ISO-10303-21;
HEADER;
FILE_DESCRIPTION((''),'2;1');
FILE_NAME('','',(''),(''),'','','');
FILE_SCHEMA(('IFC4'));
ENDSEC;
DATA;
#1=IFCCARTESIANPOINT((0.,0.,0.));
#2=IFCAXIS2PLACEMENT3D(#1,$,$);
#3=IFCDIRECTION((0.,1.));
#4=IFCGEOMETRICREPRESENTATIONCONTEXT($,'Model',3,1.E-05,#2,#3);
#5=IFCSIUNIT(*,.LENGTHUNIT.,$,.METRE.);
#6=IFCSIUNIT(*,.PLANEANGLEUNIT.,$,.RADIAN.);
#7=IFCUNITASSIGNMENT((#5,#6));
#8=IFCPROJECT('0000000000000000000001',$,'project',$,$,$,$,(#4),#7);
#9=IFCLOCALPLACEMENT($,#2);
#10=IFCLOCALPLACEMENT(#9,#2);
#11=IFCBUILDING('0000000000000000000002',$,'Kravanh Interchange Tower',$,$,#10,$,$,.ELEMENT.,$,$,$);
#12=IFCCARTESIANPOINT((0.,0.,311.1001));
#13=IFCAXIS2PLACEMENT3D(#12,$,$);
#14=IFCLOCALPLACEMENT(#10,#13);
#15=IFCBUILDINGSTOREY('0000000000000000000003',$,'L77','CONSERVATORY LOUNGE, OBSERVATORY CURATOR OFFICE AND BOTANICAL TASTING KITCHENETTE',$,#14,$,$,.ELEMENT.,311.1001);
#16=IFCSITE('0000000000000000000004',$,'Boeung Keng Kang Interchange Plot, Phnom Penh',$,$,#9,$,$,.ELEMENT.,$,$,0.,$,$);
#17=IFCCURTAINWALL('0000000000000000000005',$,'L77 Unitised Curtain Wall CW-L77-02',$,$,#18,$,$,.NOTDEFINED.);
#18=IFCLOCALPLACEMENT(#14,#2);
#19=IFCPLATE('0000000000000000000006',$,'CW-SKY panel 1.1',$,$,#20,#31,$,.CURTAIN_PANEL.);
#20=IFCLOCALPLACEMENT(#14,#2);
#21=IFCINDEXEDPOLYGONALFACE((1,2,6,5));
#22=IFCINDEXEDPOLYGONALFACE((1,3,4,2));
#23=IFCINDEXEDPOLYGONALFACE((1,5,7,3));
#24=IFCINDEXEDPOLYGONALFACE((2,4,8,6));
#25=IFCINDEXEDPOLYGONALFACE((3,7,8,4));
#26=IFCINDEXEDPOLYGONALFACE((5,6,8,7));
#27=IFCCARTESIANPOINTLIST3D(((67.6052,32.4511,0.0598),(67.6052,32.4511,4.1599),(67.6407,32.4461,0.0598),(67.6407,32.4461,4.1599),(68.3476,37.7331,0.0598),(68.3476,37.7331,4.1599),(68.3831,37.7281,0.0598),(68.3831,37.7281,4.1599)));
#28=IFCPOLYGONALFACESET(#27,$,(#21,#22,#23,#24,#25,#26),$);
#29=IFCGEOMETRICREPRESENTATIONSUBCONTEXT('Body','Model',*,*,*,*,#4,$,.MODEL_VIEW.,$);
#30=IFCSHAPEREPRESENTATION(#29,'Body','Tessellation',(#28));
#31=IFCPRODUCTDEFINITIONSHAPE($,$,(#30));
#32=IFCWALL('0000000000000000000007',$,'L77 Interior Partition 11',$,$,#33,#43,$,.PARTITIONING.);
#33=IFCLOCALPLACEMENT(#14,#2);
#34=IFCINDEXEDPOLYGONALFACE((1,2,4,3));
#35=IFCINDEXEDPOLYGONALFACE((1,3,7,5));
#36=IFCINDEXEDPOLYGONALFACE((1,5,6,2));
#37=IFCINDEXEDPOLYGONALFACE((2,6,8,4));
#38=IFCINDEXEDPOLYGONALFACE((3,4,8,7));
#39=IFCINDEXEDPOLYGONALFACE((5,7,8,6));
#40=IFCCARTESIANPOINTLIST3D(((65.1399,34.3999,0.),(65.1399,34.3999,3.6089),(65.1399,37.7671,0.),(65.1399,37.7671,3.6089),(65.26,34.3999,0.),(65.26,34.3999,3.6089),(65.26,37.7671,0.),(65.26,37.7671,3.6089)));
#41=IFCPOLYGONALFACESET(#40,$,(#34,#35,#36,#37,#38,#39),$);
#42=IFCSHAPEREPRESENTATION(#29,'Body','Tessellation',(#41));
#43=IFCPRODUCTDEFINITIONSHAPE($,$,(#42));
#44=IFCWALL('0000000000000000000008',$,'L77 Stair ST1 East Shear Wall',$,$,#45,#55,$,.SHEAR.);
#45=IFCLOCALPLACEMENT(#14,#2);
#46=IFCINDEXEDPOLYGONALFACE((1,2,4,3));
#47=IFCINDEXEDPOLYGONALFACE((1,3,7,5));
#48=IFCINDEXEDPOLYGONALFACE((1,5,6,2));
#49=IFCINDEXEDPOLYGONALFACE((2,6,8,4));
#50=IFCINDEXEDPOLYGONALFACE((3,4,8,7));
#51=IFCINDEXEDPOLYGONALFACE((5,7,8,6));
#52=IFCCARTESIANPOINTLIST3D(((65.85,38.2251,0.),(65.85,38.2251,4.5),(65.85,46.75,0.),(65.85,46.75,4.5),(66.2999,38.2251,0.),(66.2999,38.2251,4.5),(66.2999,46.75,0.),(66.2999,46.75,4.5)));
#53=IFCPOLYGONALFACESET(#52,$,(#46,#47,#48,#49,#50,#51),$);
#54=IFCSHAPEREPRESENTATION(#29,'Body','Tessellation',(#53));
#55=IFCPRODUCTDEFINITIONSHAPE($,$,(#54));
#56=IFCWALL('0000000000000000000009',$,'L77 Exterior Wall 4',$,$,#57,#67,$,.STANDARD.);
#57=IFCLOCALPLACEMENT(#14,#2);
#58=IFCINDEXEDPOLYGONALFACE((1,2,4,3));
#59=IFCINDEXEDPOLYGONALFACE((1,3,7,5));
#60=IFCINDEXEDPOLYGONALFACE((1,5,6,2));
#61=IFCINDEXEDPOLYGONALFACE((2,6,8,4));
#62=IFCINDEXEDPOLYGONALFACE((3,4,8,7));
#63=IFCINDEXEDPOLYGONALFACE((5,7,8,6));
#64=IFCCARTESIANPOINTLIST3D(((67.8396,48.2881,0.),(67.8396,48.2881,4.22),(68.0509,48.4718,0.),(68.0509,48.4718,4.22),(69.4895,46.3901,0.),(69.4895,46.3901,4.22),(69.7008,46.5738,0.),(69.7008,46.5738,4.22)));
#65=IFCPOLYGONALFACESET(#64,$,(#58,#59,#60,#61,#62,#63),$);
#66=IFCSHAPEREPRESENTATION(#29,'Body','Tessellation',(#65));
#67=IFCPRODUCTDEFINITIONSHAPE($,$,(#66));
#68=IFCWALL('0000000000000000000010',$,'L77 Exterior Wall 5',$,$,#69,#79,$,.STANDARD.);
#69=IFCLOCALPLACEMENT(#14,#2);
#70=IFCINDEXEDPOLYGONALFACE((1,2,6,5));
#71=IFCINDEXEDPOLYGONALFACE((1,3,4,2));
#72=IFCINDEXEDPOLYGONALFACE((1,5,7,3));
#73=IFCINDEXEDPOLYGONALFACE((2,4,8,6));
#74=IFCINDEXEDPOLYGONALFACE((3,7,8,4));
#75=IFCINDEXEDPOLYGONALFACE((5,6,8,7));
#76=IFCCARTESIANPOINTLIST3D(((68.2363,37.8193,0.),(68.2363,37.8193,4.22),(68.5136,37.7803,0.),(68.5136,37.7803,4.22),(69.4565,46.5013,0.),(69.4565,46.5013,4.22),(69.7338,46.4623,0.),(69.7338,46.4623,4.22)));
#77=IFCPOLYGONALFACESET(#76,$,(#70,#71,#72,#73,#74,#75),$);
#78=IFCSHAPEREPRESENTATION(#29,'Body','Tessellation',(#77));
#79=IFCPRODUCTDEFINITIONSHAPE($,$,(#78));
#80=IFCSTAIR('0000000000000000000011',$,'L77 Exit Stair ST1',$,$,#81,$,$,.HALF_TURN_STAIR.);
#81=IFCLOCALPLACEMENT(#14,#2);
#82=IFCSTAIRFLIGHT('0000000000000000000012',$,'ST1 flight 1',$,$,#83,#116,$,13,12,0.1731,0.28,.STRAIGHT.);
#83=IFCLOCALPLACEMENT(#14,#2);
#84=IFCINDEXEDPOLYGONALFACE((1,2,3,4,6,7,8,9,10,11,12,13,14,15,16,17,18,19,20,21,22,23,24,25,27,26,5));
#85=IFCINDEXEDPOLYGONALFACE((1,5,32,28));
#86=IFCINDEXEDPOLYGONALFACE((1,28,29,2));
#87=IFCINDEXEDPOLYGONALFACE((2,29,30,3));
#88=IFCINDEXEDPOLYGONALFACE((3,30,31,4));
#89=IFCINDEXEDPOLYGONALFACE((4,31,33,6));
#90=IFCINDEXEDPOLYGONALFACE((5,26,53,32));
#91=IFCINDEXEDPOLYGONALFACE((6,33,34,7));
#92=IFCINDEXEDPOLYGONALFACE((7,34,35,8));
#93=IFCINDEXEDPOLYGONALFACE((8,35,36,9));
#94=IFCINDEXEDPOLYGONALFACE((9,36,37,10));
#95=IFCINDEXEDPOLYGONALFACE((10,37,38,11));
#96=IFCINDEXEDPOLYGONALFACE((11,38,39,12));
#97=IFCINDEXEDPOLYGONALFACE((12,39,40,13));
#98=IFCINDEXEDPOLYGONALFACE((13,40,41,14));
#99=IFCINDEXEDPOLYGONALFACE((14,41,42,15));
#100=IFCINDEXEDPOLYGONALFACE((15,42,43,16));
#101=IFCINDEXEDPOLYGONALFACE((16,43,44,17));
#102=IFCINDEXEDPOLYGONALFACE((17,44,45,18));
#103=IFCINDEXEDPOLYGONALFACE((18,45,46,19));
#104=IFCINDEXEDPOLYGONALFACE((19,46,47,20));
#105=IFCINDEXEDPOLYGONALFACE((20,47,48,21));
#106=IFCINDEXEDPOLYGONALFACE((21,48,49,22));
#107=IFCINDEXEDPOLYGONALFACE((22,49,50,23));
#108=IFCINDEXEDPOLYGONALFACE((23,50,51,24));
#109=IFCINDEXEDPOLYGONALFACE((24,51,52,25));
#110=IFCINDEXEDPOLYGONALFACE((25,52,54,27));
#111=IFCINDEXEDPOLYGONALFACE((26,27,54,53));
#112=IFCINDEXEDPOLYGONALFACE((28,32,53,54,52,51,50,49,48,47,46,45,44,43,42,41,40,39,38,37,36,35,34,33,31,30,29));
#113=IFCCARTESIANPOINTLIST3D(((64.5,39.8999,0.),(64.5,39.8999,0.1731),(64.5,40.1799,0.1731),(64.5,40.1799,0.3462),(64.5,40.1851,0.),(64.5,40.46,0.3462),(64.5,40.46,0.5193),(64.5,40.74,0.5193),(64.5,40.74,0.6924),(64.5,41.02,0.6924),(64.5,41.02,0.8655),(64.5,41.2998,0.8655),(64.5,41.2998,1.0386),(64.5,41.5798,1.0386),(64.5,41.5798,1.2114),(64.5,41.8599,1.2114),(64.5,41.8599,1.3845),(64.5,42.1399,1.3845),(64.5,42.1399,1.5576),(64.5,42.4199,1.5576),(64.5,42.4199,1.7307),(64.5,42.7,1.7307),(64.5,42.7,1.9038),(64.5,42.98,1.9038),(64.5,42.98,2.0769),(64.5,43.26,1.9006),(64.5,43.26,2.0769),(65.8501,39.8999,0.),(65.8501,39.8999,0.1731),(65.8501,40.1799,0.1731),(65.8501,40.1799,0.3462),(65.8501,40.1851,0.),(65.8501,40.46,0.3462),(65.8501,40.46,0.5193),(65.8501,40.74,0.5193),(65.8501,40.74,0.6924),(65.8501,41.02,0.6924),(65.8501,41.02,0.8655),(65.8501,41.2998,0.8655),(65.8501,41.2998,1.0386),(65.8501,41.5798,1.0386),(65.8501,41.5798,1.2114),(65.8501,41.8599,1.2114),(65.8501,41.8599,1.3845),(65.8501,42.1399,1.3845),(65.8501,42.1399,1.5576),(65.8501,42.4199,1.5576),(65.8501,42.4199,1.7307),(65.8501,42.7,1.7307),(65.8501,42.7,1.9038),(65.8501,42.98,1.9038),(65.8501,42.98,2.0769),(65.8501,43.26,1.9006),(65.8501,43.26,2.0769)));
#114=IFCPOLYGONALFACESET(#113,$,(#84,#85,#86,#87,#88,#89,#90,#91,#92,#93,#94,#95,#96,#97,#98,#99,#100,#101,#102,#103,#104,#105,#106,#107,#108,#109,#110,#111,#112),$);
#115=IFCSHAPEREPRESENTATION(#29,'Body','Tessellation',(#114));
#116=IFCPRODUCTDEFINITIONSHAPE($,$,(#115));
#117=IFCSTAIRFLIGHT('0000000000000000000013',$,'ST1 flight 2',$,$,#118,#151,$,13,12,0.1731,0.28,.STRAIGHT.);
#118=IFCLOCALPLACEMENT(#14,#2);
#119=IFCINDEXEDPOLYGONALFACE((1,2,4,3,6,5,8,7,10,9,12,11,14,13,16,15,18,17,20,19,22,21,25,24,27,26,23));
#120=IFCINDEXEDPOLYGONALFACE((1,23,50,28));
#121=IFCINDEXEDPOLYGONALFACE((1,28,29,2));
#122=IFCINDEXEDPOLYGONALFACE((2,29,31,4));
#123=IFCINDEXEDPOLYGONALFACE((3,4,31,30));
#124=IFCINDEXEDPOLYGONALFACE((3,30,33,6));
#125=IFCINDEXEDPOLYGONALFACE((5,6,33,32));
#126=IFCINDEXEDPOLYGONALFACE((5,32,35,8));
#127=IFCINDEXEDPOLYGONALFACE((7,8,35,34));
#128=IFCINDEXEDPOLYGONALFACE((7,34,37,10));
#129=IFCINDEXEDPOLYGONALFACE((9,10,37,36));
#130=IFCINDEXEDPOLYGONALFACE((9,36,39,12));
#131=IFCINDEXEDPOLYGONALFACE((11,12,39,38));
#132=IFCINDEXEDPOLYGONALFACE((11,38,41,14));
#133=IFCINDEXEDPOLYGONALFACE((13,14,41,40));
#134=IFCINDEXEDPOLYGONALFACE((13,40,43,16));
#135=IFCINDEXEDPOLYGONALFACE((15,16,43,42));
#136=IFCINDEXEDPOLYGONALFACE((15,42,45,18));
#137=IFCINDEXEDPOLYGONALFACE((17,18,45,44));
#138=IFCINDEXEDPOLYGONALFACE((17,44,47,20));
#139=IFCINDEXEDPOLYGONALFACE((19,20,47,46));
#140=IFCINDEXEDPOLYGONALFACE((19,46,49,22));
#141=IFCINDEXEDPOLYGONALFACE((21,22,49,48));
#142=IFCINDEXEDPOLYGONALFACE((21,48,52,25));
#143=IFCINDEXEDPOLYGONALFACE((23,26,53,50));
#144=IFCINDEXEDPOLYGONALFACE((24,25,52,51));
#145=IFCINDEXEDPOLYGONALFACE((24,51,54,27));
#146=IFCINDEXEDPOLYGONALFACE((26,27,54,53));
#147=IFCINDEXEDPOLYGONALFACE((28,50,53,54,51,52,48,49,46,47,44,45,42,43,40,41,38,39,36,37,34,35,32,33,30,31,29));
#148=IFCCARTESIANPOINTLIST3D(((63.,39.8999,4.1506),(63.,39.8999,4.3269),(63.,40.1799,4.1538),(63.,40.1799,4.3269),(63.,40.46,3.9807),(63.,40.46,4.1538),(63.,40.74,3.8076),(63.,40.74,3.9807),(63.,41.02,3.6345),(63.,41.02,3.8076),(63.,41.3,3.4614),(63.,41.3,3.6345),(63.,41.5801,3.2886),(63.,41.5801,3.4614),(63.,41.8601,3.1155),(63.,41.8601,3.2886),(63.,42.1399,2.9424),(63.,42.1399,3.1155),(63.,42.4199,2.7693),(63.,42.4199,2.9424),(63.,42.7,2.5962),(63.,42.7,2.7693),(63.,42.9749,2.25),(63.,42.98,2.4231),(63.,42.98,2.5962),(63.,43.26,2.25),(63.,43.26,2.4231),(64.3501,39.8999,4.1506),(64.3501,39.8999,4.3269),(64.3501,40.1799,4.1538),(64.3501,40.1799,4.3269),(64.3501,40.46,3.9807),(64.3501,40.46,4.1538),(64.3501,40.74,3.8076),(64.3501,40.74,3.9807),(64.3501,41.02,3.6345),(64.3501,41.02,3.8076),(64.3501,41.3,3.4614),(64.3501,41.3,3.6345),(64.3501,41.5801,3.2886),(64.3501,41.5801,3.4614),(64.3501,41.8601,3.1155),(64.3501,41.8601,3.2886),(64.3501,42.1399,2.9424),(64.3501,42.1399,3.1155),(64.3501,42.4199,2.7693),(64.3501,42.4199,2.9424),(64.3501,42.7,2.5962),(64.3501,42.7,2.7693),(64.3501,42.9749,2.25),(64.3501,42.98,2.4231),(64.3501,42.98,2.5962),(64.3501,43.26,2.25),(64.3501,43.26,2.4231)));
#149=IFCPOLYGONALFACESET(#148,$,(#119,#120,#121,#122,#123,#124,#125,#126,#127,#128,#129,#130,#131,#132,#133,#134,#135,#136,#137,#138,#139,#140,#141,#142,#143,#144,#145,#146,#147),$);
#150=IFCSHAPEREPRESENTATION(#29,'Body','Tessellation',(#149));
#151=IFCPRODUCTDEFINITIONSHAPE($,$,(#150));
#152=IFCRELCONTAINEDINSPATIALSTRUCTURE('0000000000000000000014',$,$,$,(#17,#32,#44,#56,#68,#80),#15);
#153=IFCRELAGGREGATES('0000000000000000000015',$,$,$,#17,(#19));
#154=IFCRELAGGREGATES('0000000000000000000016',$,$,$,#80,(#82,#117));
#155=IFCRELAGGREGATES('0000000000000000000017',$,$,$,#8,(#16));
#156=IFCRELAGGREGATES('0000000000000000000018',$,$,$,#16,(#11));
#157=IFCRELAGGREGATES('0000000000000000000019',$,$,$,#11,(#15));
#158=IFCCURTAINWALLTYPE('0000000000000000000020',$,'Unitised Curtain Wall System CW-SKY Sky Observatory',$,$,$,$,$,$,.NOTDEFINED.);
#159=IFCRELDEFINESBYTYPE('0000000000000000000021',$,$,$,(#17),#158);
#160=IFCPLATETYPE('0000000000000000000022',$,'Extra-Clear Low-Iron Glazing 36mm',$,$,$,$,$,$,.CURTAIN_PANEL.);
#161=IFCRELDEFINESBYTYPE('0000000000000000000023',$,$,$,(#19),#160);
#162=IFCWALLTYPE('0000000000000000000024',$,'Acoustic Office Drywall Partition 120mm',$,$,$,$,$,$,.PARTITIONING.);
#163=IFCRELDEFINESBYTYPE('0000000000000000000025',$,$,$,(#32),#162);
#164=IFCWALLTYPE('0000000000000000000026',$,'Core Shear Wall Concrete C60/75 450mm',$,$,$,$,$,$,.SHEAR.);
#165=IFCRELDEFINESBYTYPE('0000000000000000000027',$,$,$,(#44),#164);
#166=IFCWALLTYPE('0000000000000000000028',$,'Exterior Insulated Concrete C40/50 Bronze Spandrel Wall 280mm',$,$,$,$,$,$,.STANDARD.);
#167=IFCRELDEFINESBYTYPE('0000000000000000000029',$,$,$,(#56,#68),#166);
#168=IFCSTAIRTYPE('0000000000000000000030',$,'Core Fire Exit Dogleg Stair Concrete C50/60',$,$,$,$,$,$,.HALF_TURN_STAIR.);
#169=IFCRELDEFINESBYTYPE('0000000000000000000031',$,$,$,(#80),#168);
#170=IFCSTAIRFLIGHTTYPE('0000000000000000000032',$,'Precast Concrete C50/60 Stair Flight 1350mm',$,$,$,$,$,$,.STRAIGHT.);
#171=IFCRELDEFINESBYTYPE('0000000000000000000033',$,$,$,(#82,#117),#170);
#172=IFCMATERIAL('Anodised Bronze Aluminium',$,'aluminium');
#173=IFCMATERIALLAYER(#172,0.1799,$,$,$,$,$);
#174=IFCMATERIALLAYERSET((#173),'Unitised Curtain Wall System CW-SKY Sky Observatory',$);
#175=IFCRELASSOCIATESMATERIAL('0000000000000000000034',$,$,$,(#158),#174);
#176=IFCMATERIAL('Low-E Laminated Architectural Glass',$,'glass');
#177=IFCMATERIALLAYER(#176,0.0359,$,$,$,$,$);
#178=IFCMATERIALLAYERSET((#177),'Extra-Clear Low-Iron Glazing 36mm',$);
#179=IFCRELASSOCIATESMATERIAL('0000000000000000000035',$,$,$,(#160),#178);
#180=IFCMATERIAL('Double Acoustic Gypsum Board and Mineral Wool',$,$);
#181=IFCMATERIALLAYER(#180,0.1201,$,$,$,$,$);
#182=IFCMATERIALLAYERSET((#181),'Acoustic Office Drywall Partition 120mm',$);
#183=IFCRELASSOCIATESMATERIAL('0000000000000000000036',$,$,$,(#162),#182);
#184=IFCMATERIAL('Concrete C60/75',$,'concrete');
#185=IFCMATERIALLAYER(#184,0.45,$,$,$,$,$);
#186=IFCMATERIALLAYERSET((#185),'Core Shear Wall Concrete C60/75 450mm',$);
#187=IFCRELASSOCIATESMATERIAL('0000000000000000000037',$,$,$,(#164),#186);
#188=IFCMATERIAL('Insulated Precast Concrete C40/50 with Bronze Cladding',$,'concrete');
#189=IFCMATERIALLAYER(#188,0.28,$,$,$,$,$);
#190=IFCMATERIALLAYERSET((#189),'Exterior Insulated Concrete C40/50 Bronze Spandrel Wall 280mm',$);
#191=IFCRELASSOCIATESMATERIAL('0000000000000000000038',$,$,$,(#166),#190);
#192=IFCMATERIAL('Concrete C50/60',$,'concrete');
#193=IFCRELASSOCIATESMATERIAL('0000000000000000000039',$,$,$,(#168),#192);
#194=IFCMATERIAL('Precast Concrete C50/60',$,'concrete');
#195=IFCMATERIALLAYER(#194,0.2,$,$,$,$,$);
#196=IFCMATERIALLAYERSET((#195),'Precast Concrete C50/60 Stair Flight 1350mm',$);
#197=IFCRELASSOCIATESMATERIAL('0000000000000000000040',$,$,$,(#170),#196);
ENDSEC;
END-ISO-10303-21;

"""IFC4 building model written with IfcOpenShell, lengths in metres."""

from ifc_helpers import new_model, si_unit, direction, frame, frame_2d, origin, origin_2d, place, context, subcontext, project, spatial, polyline, rectangle, outline, extrude, material, layer, layer_set, type_object, element, aggregate, save


model = new_model("IFC4")

# Units and contexts
model_context = context("Model", 3, precision=1e-05, world=origin(), true_north=direction((0.0, 1.0)))
body_context = subcontext(model_context, "Body", "Model", "MODEL_VIEW")
ifc_project = project(units=[si_unit("LENGTHUNIT", "METRE"), si_unit("PLANEANGLEUNIT", "RADIAN")], contexts=[model_context])

# Site, building, storey
site_placement = place(None, origin())
site = spatial("IfcSite", under=ifc_project, at=site_placement, Name="Boeung Keng Kang Interchange Plot, Phnom Penh", CompositionType="ELEMENT", RefElevation=0.0)
building_placement = place(site_placement, origin())
building = spatial("IfcBuilding", under=site, at=building_placement, Name="Kravanh Interchange Tower", CompositionType="ELEMENT")
storey_placement = place(building_placement, frame((0.0, 0.0, 311.1001)))
storey = spatial("IfcBuildingStorey", under=building, at=storey_placement, Name="L77", Description="CONSERVATORY LOUNGE, OBSERVATORY CURATOR OFFICE AND BOTANICAL TASTING KITCHENETTE", CompositionType="ELEMENT", Elevation=311.1001)

# Curtain wall
ifc_material_1 = material(Name="Anodised Bronze Aluminium", Category="aluminium")
ifc_layer_1 = layer(ifc_material_1, 0.1799)
ifc_layer_set_1 = layer_set([ifc_layer_1], Name="Unitised Curtain Wall System CW-SKY Sky Observatory")
curtain_wall_type = type_object("IfcCurtainWallType", Name="Unitised Curtain Wall System CW-SKY Sky Observatory", PredefinedType="NOTDEFINED", material=ifc_layer_set_1)
curtain_wall_placement = place(storey_placement, origin())
curtain_wall = element("IfcCurtainWall", 1, at=curtain_wall_placement, inside=storey, type_object=curtain_wall_type, Name="L77 Unitised Curtain Wall CW-L77-02", PredefinedType="NOTDEFINED")

# Plate
ifc_material_2 = material(Name="Low-E Laminated Architectural Glass", Category="glass")
ifc_layer_2 = layer(ifc_material_2, 0.0359)
ifc_layer_set_2 = layer_set([ifc_layer_2], Name="Extra-Clear Low-Iron Glazing 36mm")
plate_type = type_object("IfcPlateType", Name="Extra-Clear Low-Iron Glazing 36mm", PredefinedType="CURTAIN_PANEL", material=ifc_layer_set_2)
plate_placement = place(storey_placement, frame((67.9941, 35.0896, 0.0598), z_axis=(0.0, 0.0, 1.0), x_axis=(-0.139178, -0.990267, 0.0)))
plate = element("IfcPlate", 2, at=plate_placement, type_object=plate_type, Name="CW-SKY panel 1.1", PredefinedType="CURTAIN_PANEL", context=body_context, shape_type="SweptSolid", body=[
    extrude(rectangle(XDim=5.334, YDim=0.0359, at=origin_2d()), origin(), (0.0, 0.0, 1.0), 4.1001),
])
aggregate(curtain_wall, [plate])

# Walls
ifc_material_3 = material(Name="Double Acoustic Gypsum Board and Mineral Wool")
ifc_layer_3 = layer(ifc_material_3, 0.1201)
ifc_layer_set_3 = layer_set([ifc_layer_3], Name="Acoustic Office Drywall Partition 120mm")
wall_type_1 = type_object("IfcWallType", Name="Acoustic Office Drywall Partition 120mm", PredefinedType="PARTITIONING", material=ifc_layer_set_3)
wall_1_placement = place(storey_placement, frame((65.2, 34.3999, 0.0), z_axis=(0.0, 0.0, 1.0), x_axis=(0.0, 1.0, 0.0)))
element("IfcWall", 3, at=wall_1_placement, inside=storey, type_object=wall_type_1, Name="L77 Interior Partition 11", PredefinedType="PARTITIONING", context=body_context, shape_type="SweptSolid", body=[
    extrude(rectangle(XDim=3.3672, YDim=0.1201, at=frame_2d((1.6836, 0.0))), origin(), (0.0, 0.0, 1.0), 3.6089),
])
ifc_material_4 = material(Name="Concrete C60/75", Category="concrete")
ifc_layer_4 = layer(ifc_material_4, 0.45)
ifc_layer_set_4 = layer_set([ifc_layer_4], Name="Core Shear Wall Concrete C60/75 450mm")
wall_type_2 = type_object("IfcWallType", Name="Core Shear Wall Concrete C60/75 450mm", PredefinedType="SHEAR", material=ifc_layer_set_4)
wall_2_placement = place(storey_placement, frame((66.075, 38.2251, 0.0), z_axis=(0.0, 0.0, 1.0), x_axis=(0.0, 1.0, 0.0)))
element("IfcWall", 4, at=wall_2_placement, inside=storey, type_object=wall_type_2, Name="L77 Stair ST1 East Shear Wall", PredefinedType="SHEAR", context=body_context, shape_type="SweptSolid", body=[
    extrude(rectangle(XDim=8.5249, YDim=0.45, at=frame_2d((4.2625, 0.0))), origin(), (0.0, 0.0, 1.0), 4.5),
])
ifc_material_5 = material(Name="Insulated Precast Concrete C40/50 with Bronze Cladding", Category="concrete")
ifc_layer_5 = layer(ifc_material_5, 0.28)
ifc_layer_set_5 = layer_set([ifc_layer_5], Name="Exterior Insulated Concrete C40/50 Bronze Spandrel Wall 280mm")
wall_type_3 = type_object("IfcWallType", Name="Exterior Insulated Concrete C40/50 Bronze Spandrel Wall 280mm", PredefinedType="STANDARD", material=ifc_layer_set_5)
wall_3_placement = place(storey_placement, frame((67.9453, 48.3799, 0.0), z_axis=(0.0, 0.0, 1.0), x_axis=(0.656068, -0.754702, 0.0)))
element("IfcWall", 5, at=wall_3_placement, inside=storey, type_object=wall_type_3, Name="L77 Exterior Wall 4", PredefinedType="STANDARD", context=body_context, shape_type="SweptSolid", body=[
    extrude(rectangle(XDim=2.5149, YDim=0.28, at=frame_2d((1.2573, 0.0))), origin(), (0.0, 0.0, 1.0), 4.22),
])
wall_4_placement = place(storey_placement, frame((69.5952, 46.4819, 0.0), z_axis=(0.0, 0.0, 1.0), x_axis=(-0.139179, -0.990267, 0.0)))
element("IfcWall", 6, at=wall_4_placement, inside=storey, type_object=wall_type_3, Name="L77 Exterior Wall 5", PredefinedType="STANDARD", context=body_context, shape_type="SweptSolid", body=[
    extrude(rectangle(XDim=8.7673, YDim=0.28, at=frame_2d((4.3838, 0.0))), origin(), (0.0, 0.0, 1.0), 4.22),
])

# Stair, stair flights
ifc_material_6 = material(Name="Concrete C50/60", Category="concrete")
stair_type = type_object("IfcStairType", Name="Core Fire Exit Dogleg Stair Concrete C50/60", PredefinedType="HALF_TURN_STAIR", material=ifc_material_6)
stair_placement = place(storey_placement, origin())
stair = element("IfcStair", 7, at=stair_placement, inside=storey, type_object=stair_type, Name="L77 Exit Stair ST1", PredefinedType="HALF_TURN_STAIR")
ifc_material_7 = material(Name="Precast Concrete C50/60", Category="concrete")
ifc_layer_6 = layer(ifc_material_7, 0.2)
ifc_layer_set_6 = layer_set([ifc_layer_6], Name="Precast Concrete C50/60 Stair Flight 1350mm")
stair_flight_type = type_object("IfcStairFlightType", Name="Precast Concrete C50/60 Stair Flight 1350mm", PredefinedType="STRAIGHT", material=ifc_layer_set_6)
stair_flight_1_placement = place(storey_placement, frame((65.175, 39.8999, 0.0), z_axis=(0.0, 0.0, 1.0), x_axis=(0.0, 1.0, 0.0)))
stair_flight_1 = element("IfcStairFlight", 8, at=stair_flight_1_placement, type_object=stair_flight_type, Name="ST1 flight 1", NumberOfRisers=13, NumberOfTreads=12, PredefinedType="STRAIGHT", RiserHeight=0.1731, TreadLength=0.28, context=body_context, shape_type="SweptSolid", body=[
    extrude(outline(polyline([(0.0, 0.0), (0.0, 0.1731), (0.28, 0.1731), (0.28, 0.3462), (0.5601, 0.3462), (0.5601, 0.5193), (0.8401, 0.5193), (0.8401, 0.6924), (1.1201, 0.6924), (1.1201, 0.8655), (1.3999, 0.8655), (1.3999, 1.0386), (1.6799, 1.0386), (1.6799, 1.2114), (1.96, 1.2114), (1.96, 1.3845), (2.24, 1.3845), (2.24, 1.5576), (2.52, 1.5576), (2.52, 1.7307), (2.8, 1.7307), (2.8, 1.9038), (3.0801, 1.9038), (3.0801, 2.0769), (3.3601, 2.0769), (3.3601, 2.25), (3.3601, 1.9006), (0.2852, 0.0), (0.0, 0.0)])), frame((0.0, 0.675, 0.0), z_axis=(0.0, -1.0, 0.0), x_axis=(1.0, 0.0, 0.0)), (0.0, 0.0, 1.0), 1.3501),
])
stair_flight_2_placement = place(storey_placement, frame((63.675, 43.26, 2.25), z_axis=(0.0, 0.0, 1.0), x_axis=(0.0, -1.0, 0.0)))
stair_flight_2 = element("IfcStairFlight", 9, at=stair_flight_2_placement, type_object=stair_flight_type, Name="ST1 flight 2", NumberOfRisers=13, NumberOfTreads=12, PredefinedType="STRAIGHT", RiserHeight=0.1731, TreadLength=0.28, context=body_context, shape_type="SweptSolid", body=[
    extrude(outline(polyline([(0.0, 0.0), (0.0, 0.1731), (0.28, 0.1731), (0.28, 0.3462), (0.5601, 0.3462), (0.5601, 0.5193), (0.8401, 0.5193), (0.8401, 0.6924), (1.1201, 0.6924), (1.1201, 0.8655), (1.3999, 0.8655), (1.3999, 1.0386), (1.6799, 1.0386), (1.6799, 1.2114), (1.96, 1.2114), (1.96, 1.3845), (2.24, 1.3845), (2.24, 1.5576), (2.52, 1.5576), (2.52, 1.7307), (2.8, 1.7307), (2.8, 1.9038), (3.0801, 1.9038), (3.0801, 2.0769), (3.3601, 2.0769), (3.3601, 2.25), (3.3601, 1.9006), (0.2852, 0.0), (0.0, 0.0)])), frame((0.0, 0.675, 0.0), z_axis=(0.0, -1.0, 0.0), x_axis=(1.0, 0.0, 0.0)), (0.0, 0.0, 1.0), 1.3501),
])
aggregate(stair, [stair_flight_1, stair_flight_2])

save(model, "model.ifc")
